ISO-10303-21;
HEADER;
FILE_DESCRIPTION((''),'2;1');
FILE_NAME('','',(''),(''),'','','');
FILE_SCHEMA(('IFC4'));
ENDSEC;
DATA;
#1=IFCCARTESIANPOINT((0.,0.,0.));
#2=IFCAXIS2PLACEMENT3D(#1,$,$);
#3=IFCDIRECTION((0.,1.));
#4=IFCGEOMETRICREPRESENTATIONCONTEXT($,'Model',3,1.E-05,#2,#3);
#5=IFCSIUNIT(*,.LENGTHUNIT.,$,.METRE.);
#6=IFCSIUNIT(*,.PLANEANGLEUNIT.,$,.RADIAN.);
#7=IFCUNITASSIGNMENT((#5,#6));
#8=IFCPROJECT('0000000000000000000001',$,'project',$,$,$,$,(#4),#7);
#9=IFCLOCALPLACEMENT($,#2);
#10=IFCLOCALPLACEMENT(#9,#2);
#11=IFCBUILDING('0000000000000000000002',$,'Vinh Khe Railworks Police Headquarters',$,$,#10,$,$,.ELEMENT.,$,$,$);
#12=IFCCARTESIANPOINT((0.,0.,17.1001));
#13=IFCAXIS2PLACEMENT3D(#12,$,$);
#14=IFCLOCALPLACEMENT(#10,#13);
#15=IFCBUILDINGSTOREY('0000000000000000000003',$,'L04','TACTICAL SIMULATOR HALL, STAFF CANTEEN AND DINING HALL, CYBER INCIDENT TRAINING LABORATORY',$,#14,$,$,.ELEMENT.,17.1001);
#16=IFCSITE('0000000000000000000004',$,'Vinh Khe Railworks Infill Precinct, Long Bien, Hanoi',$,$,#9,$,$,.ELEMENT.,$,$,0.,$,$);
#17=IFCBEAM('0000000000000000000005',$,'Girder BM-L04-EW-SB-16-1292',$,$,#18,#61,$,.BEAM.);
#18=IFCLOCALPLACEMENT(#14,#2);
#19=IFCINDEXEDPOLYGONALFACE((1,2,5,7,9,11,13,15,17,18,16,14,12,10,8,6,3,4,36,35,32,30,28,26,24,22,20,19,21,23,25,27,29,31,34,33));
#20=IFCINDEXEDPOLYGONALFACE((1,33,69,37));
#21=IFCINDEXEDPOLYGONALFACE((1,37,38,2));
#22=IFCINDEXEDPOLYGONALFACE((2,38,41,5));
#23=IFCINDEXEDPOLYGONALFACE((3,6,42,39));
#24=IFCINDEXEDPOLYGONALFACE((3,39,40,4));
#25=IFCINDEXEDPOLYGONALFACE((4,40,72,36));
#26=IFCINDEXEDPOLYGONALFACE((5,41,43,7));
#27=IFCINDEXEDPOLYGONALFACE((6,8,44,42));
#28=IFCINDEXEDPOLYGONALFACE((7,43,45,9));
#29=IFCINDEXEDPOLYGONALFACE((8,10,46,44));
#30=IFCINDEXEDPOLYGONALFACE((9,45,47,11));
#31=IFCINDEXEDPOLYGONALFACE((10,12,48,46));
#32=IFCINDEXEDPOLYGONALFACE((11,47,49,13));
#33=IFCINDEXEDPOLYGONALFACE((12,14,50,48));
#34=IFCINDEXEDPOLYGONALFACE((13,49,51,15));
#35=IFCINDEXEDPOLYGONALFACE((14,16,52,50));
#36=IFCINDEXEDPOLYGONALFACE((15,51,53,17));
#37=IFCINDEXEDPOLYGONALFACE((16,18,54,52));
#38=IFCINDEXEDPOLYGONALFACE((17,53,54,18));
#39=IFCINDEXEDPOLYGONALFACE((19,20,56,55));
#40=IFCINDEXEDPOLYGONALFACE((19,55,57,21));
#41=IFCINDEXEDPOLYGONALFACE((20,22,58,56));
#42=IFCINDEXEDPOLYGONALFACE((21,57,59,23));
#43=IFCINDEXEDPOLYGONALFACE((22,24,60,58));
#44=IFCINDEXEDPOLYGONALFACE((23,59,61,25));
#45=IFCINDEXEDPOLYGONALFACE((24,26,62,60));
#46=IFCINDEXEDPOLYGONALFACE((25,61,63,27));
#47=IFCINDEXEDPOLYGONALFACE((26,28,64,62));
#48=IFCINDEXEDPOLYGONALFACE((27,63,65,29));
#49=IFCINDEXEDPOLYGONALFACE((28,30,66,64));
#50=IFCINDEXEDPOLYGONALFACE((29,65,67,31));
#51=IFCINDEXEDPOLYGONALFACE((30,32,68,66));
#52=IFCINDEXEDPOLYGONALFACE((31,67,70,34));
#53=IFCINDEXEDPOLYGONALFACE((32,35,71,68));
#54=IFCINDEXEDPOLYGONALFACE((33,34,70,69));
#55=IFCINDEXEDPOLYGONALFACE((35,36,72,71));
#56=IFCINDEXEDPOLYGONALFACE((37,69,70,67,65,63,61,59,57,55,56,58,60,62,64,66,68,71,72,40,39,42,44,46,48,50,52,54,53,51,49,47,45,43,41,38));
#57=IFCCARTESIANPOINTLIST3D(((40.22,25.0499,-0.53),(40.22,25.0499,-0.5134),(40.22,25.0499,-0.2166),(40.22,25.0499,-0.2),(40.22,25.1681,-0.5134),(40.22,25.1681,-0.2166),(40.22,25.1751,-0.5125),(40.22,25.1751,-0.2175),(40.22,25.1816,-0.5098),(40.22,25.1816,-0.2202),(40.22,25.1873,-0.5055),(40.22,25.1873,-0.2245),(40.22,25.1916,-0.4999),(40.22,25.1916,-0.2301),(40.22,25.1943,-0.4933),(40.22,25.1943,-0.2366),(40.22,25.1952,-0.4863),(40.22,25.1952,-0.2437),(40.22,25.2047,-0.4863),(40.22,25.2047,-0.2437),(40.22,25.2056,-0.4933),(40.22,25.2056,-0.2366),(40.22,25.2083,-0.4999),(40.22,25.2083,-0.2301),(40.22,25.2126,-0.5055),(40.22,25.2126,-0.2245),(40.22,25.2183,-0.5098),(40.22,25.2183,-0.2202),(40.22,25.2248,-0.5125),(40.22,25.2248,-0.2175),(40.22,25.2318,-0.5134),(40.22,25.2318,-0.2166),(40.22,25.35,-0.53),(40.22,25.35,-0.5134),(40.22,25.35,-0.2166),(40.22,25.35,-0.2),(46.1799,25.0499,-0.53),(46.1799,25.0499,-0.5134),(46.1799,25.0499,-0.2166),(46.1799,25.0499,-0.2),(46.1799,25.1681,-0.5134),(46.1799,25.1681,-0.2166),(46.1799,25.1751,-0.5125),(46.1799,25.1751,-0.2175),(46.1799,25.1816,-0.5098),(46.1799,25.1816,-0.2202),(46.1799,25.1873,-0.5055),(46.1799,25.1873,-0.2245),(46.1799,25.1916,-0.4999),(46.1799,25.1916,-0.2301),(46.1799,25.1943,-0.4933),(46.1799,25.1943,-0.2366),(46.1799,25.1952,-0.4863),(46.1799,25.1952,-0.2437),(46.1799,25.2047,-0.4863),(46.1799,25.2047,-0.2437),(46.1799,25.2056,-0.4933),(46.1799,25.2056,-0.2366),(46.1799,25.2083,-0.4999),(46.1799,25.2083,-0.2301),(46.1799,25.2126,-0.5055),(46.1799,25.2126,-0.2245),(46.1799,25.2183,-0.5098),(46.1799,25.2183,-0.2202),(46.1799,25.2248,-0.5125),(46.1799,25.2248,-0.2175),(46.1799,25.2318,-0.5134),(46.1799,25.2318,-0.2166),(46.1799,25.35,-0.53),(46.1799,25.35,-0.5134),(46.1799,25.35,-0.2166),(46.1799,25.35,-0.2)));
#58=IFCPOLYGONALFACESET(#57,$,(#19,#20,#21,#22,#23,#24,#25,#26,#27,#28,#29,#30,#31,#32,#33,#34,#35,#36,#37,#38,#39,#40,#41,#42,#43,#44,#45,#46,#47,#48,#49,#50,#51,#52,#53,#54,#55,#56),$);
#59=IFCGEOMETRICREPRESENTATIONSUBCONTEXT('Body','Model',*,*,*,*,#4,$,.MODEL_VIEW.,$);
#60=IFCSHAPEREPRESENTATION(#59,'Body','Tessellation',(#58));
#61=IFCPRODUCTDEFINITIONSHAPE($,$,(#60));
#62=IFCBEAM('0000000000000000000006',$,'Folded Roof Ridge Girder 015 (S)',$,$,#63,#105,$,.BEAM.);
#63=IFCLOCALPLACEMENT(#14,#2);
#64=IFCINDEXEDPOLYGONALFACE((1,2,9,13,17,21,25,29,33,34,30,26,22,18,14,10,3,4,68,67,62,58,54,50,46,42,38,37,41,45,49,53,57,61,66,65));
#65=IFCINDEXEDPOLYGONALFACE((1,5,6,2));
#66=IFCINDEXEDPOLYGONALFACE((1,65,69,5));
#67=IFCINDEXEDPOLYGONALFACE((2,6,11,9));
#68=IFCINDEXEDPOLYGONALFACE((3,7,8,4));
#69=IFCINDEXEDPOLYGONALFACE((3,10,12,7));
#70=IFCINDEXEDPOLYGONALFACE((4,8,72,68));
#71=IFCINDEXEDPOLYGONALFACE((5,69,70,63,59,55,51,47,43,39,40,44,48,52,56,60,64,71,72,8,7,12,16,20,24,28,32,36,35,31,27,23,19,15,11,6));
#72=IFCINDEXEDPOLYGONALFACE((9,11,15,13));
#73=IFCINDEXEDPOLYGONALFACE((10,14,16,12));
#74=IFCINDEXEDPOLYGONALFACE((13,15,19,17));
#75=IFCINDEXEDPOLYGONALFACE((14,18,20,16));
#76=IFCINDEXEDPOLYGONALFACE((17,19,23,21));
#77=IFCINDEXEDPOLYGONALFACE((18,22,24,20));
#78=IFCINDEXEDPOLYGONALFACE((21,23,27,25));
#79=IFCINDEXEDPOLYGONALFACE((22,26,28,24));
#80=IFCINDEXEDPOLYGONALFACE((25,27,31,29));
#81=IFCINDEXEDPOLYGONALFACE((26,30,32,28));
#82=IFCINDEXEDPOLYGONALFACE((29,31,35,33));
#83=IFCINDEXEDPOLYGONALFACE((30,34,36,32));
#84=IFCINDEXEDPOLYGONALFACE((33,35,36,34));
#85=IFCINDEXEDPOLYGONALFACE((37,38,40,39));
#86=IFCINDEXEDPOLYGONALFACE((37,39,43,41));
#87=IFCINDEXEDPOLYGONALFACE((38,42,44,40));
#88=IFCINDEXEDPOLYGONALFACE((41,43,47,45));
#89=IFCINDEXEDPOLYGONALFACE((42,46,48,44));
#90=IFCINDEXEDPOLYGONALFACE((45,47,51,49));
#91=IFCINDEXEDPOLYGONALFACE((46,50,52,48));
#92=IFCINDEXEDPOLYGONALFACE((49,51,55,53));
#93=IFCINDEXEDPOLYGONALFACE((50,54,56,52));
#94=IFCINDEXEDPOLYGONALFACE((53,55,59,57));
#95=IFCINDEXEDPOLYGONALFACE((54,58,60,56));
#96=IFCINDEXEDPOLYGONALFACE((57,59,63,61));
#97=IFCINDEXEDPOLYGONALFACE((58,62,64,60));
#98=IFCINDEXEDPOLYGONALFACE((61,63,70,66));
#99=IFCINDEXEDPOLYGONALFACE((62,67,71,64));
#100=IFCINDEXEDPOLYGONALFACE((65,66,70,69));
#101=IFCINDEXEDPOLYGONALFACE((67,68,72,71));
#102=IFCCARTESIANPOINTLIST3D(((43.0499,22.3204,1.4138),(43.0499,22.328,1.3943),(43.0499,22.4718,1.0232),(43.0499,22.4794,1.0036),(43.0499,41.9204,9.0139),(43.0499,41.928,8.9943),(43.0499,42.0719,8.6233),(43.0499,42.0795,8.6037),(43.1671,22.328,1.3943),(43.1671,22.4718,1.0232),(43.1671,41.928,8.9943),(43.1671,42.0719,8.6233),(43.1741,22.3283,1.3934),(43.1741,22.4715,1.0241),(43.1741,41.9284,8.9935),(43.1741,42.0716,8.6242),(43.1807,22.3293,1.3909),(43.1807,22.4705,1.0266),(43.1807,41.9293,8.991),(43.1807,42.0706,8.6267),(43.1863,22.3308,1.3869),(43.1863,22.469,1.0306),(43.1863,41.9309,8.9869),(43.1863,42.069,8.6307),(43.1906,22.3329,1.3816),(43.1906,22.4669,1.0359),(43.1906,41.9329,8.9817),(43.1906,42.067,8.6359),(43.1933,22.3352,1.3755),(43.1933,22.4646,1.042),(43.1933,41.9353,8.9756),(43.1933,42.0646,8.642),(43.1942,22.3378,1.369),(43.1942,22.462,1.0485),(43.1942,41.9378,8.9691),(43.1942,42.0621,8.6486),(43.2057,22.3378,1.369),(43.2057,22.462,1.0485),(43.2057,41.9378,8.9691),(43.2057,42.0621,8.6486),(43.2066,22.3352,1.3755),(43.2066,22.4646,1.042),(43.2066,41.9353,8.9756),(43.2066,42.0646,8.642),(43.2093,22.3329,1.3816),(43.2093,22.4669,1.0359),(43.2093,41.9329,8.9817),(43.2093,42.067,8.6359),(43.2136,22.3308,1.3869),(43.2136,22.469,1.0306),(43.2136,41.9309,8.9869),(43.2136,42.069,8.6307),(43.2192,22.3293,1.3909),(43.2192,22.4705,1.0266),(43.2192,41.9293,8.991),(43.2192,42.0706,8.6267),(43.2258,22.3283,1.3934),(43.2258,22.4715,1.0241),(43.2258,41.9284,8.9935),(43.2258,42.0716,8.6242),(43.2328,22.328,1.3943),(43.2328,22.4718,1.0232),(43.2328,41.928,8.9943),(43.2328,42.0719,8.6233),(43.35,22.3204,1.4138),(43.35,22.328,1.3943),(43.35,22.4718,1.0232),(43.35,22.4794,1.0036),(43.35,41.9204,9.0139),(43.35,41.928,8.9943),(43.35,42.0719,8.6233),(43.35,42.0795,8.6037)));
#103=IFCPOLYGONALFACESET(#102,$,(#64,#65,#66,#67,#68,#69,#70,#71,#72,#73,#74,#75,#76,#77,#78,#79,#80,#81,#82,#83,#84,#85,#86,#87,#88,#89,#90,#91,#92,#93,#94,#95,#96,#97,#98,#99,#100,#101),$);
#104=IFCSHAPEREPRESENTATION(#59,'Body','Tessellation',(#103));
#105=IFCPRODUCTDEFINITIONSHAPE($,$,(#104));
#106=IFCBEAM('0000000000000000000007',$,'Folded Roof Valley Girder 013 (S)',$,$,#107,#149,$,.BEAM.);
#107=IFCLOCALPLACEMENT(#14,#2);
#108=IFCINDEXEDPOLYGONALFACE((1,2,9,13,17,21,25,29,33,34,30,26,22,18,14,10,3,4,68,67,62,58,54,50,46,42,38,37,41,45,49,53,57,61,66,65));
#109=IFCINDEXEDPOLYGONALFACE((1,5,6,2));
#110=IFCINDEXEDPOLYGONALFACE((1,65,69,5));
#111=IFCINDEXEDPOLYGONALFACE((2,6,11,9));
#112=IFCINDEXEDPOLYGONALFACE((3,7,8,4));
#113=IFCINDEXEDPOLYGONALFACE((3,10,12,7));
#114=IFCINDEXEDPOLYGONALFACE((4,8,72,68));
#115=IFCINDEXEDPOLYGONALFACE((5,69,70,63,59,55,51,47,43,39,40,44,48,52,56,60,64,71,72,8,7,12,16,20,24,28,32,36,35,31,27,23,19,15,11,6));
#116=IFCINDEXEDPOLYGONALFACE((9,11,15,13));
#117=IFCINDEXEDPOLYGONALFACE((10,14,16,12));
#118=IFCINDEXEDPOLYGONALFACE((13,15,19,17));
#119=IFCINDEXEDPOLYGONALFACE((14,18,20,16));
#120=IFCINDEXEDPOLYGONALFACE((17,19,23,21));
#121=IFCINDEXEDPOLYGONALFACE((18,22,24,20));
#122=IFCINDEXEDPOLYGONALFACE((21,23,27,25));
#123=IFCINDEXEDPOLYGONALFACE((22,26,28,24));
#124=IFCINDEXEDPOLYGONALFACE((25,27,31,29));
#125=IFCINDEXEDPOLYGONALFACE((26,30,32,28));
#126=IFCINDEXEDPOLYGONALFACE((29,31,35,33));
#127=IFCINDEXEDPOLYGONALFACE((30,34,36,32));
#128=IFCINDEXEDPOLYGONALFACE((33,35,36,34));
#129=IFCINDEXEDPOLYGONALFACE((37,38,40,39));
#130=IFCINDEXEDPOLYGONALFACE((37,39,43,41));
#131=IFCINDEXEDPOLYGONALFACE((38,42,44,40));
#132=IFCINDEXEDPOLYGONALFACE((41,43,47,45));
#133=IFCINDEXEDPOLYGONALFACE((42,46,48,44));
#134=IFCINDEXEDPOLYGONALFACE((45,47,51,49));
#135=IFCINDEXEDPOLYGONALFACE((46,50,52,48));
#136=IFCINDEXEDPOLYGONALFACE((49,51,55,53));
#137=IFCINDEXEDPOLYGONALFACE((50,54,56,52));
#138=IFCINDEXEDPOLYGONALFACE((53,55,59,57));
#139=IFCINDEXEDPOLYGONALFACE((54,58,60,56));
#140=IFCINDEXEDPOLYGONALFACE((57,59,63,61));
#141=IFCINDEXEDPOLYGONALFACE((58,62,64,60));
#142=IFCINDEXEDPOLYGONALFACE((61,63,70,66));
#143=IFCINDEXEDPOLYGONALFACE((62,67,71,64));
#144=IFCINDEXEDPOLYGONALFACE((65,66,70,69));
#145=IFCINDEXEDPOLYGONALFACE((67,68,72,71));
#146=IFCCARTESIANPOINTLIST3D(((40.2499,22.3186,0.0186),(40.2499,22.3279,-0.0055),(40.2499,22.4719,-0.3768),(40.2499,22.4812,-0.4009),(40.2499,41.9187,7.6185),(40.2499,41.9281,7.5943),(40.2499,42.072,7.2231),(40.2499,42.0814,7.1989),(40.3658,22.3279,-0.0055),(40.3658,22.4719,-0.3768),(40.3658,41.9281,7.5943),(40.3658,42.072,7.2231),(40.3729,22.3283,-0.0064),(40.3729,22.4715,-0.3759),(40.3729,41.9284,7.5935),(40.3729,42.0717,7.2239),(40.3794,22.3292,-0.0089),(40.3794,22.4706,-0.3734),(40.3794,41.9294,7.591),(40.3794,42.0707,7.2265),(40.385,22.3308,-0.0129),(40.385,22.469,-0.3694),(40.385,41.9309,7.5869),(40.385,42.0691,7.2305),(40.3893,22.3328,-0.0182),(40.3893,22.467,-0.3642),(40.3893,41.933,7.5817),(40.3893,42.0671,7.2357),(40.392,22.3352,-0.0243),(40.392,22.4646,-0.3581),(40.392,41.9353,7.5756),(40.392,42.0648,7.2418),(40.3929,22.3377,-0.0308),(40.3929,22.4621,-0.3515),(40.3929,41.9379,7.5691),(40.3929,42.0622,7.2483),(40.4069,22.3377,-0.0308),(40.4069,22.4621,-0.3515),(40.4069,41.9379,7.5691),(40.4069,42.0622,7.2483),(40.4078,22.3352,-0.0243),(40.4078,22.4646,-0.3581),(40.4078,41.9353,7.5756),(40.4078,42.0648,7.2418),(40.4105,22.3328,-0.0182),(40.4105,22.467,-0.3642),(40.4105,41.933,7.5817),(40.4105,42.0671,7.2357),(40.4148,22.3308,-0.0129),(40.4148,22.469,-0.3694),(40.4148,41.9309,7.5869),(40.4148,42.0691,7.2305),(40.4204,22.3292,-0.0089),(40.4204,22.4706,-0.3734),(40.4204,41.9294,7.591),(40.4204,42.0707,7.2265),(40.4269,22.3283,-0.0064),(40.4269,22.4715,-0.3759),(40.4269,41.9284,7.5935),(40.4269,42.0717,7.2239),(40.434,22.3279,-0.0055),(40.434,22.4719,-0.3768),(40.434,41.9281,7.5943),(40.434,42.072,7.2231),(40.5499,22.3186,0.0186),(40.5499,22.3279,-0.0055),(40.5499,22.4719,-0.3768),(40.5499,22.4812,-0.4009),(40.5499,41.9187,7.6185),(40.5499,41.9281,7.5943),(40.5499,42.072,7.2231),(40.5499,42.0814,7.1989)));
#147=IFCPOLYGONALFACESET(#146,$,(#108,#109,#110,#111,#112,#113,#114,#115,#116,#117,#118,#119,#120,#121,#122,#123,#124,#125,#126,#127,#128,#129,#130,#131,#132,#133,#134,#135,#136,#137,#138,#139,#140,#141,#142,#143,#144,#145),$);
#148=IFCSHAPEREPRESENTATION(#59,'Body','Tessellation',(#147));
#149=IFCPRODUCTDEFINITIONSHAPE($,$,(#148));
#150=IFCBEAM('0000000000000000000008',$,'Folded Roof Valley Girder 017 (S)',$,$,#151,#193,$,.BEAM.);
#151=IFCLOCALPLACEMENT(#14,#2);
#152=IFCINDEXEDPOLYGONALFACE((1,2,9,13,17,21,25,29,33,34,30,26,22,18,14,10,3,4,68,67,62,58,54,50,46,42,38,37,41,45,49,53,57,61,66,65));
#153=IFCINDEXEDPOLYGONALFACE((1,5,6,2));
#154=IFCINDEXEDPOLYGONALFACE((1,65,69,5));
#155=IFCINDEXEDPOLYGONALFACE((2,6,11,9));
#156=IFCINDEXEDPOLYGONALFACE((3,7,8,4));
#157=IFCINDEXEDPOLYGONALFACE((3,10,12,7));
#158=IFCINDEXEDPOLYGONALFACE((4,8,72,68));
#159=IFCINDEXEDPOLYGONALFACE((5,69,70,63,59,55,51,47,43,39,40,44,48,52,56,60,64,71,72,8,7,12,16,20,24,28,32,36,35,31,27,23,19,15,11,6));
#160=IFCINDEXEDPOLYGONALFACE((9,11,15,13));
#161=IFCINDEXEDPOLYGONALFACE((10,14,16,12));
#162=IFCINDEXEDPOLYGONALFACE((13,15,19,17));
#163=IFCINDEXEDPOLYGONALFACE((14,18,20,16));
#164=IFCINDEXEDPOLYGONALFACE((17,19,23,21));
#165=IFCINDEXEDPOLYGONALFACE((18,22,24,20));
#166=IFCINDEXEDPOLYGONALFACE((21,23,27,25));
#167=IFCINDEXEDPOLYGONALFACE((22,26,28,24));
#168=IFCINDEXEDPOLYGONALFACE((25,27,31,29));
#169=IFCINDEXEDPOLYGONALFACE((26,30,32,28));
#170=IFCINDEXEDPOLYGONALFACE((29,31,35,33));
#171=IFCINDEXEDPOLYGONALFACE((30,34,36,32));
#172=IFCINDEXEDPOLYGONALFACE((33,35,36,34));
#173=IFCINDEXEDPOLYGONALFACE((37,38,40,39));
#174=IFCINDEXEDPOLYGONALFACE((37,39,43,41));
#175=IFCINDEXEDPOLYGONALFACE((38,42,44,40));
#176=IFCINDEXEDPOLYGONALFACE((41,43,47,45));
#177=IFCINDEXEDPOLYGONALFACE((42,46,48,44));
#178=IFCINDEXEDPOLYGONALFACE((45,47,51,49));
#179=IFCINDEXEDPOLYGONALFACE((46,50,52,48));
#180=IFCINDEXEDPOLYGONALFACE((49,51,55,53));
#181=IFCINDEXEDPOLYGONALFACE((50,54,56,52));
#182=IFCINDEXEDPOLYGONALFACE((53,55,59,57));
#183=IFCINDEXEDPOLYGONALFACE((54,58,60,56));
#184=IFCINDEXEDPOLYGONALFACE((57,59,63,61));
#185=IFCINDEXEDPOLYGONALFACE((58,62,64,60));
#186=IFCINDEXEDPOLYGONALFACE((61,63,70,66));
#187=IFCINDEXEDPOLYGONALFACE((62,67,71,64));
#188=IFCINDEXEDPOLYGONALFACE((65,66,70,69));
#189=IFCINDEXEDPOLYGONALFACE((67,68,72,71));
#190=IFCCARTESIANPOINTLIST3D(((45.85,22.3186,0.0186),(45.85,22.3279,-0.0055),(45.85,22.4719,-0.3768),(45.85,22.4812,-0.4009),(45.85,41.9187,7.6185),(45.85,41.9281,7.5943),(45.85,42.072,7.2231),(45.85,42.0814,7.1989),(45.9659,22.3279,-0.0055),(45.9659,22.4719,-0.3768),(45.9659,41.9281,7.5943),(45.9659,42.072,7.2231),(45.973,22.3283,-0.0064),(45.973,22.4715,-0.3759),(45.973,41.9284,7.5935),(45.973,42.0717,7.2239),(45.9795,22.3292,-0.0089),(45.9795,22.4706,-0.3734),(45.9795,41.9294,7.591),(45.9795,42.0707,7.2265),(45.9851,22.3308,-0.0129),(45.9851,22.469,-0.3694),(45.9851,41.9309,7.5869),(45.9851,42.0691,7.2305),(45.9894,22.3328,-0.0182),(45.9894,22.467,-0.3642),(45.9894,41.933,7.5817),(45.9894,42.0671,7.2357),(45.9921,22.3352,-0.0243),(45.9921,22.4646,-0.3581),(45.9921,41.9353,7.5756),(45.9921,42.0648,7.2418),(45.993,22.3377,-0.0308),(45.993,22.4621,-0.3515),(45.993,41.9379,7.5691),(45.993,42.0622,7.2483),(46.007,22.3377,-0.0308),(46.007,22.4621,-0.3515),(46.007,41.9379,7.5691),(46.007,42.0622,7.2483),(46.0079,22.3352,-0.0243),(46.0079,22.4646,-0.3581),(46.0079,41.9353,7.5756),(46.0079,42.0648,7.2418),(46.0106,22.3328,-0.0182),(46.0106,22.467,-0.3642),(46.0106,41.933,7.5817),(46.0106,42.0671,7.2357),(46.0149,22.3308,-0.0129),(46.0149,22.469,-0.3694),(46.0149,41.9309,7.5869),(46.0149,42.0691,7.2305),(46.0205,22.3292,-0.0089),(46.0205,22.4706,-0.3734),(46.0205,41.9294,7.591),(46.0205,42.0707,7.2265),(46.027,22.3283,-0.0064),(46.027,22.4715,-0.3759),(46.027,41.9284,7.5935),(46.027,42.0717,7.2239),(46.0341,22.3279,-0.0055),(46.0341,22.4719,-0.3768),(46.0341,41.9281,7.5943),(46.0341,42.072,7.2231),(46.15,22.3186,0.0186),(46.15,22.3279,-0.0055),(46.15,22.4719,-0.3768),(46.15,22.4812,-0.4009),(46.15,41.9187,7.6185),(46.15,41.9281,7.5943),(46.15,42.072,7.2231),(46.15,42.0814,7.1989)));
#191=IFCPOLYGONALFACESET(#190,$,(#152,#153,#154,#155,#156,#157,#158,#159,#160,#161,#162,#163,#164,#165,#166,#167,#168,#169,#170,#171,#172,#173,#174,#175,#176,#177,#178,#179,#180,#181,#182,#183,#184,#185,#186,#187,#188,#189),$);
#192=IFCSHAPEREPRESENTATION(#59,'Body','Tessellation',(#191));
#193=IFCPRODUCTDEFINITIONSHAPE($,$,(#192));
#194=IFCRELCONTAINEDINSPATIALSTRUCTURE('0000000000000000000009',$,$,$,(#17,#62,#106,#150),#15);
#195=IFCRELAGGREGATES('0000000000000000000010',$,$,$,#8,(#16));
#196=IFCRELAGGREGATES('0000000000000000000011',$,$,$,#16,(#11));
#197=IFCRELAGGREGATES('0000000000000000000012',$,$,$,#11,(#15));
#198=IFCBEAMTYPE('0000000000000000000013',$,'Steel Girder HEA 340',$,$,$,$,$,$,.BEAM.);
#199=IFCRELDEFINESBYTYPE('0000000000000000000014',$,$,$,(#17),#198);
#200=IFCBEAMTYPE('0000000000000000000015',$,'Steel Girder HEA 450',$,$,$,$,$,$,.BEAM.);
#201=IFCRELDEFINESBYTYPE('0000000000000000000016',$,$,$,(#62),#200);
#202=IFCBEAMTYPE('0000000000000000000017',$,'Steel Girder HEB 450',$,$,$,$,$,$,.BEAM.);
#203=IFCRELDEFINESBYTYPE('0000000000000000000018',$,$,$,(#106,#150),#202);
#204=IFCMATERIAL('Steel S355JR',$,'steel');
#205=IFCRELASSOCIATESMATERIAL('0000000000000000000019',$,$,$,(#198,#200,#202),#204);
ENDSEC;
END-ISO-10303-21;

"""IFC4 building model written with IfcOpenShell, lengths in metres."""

from ifc_helpers import new_model, si_unit, direction, frame, origin, origin_2d, place, context, subcontext, project, spatial, i_section, extrude, material, material_profile, profile_set, type_object, element, save


model = new_model("IFC4")

# Units and contexts
model_context = context("Model", 3, precision=1e-05, world=origin(), true_north=direction((0.0, 1.0)))
body_context = subcontext(model_context, "Body", "Model", "MODEL_VIEW")
ifc_project = project(units=[si_unit("LENGTHUNIT", "METRE"), si_unit("PLANEANGLEUNIT", "RADIAN")], contexts=[model_context])

# Site, building, storey
site_placement = place(None, origin())
site = spatial("IfcSite", under=ifc_project, at=site_placement, Name="Vinh Khe Railworks Infill Precinct, Long Bien, Hanoi", CompositionType="ELEMENT", RefElevation=0.0)
building_placement = place(site_placement, origin())
building = spatial("IfcBuilding", under=site, at=building_placement, Name="Vinh Khe Railworks Police Headquarters", CompositionType="ELEMENT")
storey_placement = place(building_placement, frame((0.0, 0.0, 17.1001)))
storey = spatial("IfcBuildingStorey", under=building, at=storey_placement, Name="L04", Description="TACTICAL SIMULATOR HALL, STAFF CANTEEN AND DINING HALL, CYBER INCIDENT TRAINING LABORATORY", CompositionType="ELEMENT", Elevation=17.1001)

# Shared definitions
ifc_material_1 = material(Name="Steel S355JR", Category="steel")

# Beams
ifc_material_profile_1 = material_profile(ifc_material_1, i_section(OverallWidth=0.3, OverallDepth=0.3301, WebThickness=0.0095, FlangeThickness=0.0166, FilletRadius=0.0271, at=origin_2d()), Name="HEA 340")
ifc_profile_set_1 = profile_set([ifc_material_profile_1], Name="Steel S355JR")
beam_type_1 = type_object("IfcBeamType", Name="Steel Girder HEA 340", PredefinedType="BEAM", material=ifc_profile_set_1)
beam_1_placement = place(storey_placement, frame((40.22, 25.2, -0.365), z_axis=(1.0, 0.0, 0.0), x_axis=(0.0, 1.0, 0.0)))
element("IfcBeam", 1, at=beam_1_placement, inside=storey, type_object=beam_type_1, Name="Girder BM-L04-EW-SB-16-1292", PredefinedType="BEAM", context=body_context, shape_type="SweptSolid", body=[
    extrude(i_section(OverallWidth=0.3, OverallDepth=0.3301, WebThickness=0.0095, FlangeThickness=0.0166, FilletRadius=0.0271, at=origin_2d()), origin(), (0.0, 0.0, 1.0), 5.96),
])
ifc_material_profile_2 = material_profile(ifc_material_1, i_section(OverallWidth=0.3, OverallDepth=0.4399, WebThickness=0.0115, FlangeThickness=0.021, FilletRadius=0.0271, at=origin_2d()), Name="HEA 450")
ifc_profile_set_2 = profile_set([ifc_material_profile_2], Name="Steel S355JR")
beam_type_2 = type_object("IfcBeamType", Name="Steel Girder HEA 450", PredefinedType="BEAM", material=ifc_profile_set_2)
beam_2_placement = place(storey_placement, frame((43.2, 22.3999, 1.2087), z_axis=(0.0, 0.93236, 0.36153), x_axis=(-1.0, 0.0, 0.0)))
element("IfcBeam", 2, at=beam_2_placement, inside=storey, type_object=beam_type_2, Name="Folded Roof Ridge Girder 015 (S)", PredefinedType="BEAM", context=body_context, shape_type="SweptSolid", body=[
    extrude(i_section(OverallWidth=0.3, OverallDepth=0.4399, WebThickness=0.0115, FlangeThickness=0.021, FilletRadius=0.0271, at=origin_2d()), origin(), (0.0, 0.0, 1.0), 21.022),
])
ifc_material_profile_3 = material_profile(ifc_material_1, i_section(OverallWidth=0.3, OverallDepth=0.45, WebThickness=0.0139, FlangeThickness=0.0259, FilletRadius=0.0271, at=origin_2d()), Name="HEB 450")
ifc_profile_set_3 = profile_set([ifc_material_profile_3], Name="Steel S355JR")
beam_type_3 = type_object("IfcBeamType", Name="Steel Girder HEB 450", PredefinedType="BEAM", material=ifc_profile_set_3)
for number, where, z_axis, x_axis, name in (
    (3, (40.3999, 22.3999, -0.1912), (0.0, 0.932364, 0.36152), (-1.0, 0.0, 0.0), "Folded Roof Valley Girder 013 (S)"),
    (4, (46.0, 22.3999, -0.1912), (0.0, 0.932364, 0.36152), (-1.0, 0.0, 0.0), "Folded Roof Valley Girder 017 (S)"),
):
    element("IfcBeam", number, at=place(storey_placement, frame(where, z_axis=z_axis, x_axis=x_axis)), inside=storey, type_object=beam_type_3, Name=name, PredefinedType="BEAM", context=body_context, shape_type="SweptSolid", body=[
        extrude(i_section(OverallWidth=0.3, OverallDepth=0.45, WebThickness=0.0139, FlangeThickness=0.0259, FilletRadius=0.0271, at=origin_2d()), origin(), (0.0, 0.0, 1.0), 21.022),
    ])

save(model, "model.ifc")
